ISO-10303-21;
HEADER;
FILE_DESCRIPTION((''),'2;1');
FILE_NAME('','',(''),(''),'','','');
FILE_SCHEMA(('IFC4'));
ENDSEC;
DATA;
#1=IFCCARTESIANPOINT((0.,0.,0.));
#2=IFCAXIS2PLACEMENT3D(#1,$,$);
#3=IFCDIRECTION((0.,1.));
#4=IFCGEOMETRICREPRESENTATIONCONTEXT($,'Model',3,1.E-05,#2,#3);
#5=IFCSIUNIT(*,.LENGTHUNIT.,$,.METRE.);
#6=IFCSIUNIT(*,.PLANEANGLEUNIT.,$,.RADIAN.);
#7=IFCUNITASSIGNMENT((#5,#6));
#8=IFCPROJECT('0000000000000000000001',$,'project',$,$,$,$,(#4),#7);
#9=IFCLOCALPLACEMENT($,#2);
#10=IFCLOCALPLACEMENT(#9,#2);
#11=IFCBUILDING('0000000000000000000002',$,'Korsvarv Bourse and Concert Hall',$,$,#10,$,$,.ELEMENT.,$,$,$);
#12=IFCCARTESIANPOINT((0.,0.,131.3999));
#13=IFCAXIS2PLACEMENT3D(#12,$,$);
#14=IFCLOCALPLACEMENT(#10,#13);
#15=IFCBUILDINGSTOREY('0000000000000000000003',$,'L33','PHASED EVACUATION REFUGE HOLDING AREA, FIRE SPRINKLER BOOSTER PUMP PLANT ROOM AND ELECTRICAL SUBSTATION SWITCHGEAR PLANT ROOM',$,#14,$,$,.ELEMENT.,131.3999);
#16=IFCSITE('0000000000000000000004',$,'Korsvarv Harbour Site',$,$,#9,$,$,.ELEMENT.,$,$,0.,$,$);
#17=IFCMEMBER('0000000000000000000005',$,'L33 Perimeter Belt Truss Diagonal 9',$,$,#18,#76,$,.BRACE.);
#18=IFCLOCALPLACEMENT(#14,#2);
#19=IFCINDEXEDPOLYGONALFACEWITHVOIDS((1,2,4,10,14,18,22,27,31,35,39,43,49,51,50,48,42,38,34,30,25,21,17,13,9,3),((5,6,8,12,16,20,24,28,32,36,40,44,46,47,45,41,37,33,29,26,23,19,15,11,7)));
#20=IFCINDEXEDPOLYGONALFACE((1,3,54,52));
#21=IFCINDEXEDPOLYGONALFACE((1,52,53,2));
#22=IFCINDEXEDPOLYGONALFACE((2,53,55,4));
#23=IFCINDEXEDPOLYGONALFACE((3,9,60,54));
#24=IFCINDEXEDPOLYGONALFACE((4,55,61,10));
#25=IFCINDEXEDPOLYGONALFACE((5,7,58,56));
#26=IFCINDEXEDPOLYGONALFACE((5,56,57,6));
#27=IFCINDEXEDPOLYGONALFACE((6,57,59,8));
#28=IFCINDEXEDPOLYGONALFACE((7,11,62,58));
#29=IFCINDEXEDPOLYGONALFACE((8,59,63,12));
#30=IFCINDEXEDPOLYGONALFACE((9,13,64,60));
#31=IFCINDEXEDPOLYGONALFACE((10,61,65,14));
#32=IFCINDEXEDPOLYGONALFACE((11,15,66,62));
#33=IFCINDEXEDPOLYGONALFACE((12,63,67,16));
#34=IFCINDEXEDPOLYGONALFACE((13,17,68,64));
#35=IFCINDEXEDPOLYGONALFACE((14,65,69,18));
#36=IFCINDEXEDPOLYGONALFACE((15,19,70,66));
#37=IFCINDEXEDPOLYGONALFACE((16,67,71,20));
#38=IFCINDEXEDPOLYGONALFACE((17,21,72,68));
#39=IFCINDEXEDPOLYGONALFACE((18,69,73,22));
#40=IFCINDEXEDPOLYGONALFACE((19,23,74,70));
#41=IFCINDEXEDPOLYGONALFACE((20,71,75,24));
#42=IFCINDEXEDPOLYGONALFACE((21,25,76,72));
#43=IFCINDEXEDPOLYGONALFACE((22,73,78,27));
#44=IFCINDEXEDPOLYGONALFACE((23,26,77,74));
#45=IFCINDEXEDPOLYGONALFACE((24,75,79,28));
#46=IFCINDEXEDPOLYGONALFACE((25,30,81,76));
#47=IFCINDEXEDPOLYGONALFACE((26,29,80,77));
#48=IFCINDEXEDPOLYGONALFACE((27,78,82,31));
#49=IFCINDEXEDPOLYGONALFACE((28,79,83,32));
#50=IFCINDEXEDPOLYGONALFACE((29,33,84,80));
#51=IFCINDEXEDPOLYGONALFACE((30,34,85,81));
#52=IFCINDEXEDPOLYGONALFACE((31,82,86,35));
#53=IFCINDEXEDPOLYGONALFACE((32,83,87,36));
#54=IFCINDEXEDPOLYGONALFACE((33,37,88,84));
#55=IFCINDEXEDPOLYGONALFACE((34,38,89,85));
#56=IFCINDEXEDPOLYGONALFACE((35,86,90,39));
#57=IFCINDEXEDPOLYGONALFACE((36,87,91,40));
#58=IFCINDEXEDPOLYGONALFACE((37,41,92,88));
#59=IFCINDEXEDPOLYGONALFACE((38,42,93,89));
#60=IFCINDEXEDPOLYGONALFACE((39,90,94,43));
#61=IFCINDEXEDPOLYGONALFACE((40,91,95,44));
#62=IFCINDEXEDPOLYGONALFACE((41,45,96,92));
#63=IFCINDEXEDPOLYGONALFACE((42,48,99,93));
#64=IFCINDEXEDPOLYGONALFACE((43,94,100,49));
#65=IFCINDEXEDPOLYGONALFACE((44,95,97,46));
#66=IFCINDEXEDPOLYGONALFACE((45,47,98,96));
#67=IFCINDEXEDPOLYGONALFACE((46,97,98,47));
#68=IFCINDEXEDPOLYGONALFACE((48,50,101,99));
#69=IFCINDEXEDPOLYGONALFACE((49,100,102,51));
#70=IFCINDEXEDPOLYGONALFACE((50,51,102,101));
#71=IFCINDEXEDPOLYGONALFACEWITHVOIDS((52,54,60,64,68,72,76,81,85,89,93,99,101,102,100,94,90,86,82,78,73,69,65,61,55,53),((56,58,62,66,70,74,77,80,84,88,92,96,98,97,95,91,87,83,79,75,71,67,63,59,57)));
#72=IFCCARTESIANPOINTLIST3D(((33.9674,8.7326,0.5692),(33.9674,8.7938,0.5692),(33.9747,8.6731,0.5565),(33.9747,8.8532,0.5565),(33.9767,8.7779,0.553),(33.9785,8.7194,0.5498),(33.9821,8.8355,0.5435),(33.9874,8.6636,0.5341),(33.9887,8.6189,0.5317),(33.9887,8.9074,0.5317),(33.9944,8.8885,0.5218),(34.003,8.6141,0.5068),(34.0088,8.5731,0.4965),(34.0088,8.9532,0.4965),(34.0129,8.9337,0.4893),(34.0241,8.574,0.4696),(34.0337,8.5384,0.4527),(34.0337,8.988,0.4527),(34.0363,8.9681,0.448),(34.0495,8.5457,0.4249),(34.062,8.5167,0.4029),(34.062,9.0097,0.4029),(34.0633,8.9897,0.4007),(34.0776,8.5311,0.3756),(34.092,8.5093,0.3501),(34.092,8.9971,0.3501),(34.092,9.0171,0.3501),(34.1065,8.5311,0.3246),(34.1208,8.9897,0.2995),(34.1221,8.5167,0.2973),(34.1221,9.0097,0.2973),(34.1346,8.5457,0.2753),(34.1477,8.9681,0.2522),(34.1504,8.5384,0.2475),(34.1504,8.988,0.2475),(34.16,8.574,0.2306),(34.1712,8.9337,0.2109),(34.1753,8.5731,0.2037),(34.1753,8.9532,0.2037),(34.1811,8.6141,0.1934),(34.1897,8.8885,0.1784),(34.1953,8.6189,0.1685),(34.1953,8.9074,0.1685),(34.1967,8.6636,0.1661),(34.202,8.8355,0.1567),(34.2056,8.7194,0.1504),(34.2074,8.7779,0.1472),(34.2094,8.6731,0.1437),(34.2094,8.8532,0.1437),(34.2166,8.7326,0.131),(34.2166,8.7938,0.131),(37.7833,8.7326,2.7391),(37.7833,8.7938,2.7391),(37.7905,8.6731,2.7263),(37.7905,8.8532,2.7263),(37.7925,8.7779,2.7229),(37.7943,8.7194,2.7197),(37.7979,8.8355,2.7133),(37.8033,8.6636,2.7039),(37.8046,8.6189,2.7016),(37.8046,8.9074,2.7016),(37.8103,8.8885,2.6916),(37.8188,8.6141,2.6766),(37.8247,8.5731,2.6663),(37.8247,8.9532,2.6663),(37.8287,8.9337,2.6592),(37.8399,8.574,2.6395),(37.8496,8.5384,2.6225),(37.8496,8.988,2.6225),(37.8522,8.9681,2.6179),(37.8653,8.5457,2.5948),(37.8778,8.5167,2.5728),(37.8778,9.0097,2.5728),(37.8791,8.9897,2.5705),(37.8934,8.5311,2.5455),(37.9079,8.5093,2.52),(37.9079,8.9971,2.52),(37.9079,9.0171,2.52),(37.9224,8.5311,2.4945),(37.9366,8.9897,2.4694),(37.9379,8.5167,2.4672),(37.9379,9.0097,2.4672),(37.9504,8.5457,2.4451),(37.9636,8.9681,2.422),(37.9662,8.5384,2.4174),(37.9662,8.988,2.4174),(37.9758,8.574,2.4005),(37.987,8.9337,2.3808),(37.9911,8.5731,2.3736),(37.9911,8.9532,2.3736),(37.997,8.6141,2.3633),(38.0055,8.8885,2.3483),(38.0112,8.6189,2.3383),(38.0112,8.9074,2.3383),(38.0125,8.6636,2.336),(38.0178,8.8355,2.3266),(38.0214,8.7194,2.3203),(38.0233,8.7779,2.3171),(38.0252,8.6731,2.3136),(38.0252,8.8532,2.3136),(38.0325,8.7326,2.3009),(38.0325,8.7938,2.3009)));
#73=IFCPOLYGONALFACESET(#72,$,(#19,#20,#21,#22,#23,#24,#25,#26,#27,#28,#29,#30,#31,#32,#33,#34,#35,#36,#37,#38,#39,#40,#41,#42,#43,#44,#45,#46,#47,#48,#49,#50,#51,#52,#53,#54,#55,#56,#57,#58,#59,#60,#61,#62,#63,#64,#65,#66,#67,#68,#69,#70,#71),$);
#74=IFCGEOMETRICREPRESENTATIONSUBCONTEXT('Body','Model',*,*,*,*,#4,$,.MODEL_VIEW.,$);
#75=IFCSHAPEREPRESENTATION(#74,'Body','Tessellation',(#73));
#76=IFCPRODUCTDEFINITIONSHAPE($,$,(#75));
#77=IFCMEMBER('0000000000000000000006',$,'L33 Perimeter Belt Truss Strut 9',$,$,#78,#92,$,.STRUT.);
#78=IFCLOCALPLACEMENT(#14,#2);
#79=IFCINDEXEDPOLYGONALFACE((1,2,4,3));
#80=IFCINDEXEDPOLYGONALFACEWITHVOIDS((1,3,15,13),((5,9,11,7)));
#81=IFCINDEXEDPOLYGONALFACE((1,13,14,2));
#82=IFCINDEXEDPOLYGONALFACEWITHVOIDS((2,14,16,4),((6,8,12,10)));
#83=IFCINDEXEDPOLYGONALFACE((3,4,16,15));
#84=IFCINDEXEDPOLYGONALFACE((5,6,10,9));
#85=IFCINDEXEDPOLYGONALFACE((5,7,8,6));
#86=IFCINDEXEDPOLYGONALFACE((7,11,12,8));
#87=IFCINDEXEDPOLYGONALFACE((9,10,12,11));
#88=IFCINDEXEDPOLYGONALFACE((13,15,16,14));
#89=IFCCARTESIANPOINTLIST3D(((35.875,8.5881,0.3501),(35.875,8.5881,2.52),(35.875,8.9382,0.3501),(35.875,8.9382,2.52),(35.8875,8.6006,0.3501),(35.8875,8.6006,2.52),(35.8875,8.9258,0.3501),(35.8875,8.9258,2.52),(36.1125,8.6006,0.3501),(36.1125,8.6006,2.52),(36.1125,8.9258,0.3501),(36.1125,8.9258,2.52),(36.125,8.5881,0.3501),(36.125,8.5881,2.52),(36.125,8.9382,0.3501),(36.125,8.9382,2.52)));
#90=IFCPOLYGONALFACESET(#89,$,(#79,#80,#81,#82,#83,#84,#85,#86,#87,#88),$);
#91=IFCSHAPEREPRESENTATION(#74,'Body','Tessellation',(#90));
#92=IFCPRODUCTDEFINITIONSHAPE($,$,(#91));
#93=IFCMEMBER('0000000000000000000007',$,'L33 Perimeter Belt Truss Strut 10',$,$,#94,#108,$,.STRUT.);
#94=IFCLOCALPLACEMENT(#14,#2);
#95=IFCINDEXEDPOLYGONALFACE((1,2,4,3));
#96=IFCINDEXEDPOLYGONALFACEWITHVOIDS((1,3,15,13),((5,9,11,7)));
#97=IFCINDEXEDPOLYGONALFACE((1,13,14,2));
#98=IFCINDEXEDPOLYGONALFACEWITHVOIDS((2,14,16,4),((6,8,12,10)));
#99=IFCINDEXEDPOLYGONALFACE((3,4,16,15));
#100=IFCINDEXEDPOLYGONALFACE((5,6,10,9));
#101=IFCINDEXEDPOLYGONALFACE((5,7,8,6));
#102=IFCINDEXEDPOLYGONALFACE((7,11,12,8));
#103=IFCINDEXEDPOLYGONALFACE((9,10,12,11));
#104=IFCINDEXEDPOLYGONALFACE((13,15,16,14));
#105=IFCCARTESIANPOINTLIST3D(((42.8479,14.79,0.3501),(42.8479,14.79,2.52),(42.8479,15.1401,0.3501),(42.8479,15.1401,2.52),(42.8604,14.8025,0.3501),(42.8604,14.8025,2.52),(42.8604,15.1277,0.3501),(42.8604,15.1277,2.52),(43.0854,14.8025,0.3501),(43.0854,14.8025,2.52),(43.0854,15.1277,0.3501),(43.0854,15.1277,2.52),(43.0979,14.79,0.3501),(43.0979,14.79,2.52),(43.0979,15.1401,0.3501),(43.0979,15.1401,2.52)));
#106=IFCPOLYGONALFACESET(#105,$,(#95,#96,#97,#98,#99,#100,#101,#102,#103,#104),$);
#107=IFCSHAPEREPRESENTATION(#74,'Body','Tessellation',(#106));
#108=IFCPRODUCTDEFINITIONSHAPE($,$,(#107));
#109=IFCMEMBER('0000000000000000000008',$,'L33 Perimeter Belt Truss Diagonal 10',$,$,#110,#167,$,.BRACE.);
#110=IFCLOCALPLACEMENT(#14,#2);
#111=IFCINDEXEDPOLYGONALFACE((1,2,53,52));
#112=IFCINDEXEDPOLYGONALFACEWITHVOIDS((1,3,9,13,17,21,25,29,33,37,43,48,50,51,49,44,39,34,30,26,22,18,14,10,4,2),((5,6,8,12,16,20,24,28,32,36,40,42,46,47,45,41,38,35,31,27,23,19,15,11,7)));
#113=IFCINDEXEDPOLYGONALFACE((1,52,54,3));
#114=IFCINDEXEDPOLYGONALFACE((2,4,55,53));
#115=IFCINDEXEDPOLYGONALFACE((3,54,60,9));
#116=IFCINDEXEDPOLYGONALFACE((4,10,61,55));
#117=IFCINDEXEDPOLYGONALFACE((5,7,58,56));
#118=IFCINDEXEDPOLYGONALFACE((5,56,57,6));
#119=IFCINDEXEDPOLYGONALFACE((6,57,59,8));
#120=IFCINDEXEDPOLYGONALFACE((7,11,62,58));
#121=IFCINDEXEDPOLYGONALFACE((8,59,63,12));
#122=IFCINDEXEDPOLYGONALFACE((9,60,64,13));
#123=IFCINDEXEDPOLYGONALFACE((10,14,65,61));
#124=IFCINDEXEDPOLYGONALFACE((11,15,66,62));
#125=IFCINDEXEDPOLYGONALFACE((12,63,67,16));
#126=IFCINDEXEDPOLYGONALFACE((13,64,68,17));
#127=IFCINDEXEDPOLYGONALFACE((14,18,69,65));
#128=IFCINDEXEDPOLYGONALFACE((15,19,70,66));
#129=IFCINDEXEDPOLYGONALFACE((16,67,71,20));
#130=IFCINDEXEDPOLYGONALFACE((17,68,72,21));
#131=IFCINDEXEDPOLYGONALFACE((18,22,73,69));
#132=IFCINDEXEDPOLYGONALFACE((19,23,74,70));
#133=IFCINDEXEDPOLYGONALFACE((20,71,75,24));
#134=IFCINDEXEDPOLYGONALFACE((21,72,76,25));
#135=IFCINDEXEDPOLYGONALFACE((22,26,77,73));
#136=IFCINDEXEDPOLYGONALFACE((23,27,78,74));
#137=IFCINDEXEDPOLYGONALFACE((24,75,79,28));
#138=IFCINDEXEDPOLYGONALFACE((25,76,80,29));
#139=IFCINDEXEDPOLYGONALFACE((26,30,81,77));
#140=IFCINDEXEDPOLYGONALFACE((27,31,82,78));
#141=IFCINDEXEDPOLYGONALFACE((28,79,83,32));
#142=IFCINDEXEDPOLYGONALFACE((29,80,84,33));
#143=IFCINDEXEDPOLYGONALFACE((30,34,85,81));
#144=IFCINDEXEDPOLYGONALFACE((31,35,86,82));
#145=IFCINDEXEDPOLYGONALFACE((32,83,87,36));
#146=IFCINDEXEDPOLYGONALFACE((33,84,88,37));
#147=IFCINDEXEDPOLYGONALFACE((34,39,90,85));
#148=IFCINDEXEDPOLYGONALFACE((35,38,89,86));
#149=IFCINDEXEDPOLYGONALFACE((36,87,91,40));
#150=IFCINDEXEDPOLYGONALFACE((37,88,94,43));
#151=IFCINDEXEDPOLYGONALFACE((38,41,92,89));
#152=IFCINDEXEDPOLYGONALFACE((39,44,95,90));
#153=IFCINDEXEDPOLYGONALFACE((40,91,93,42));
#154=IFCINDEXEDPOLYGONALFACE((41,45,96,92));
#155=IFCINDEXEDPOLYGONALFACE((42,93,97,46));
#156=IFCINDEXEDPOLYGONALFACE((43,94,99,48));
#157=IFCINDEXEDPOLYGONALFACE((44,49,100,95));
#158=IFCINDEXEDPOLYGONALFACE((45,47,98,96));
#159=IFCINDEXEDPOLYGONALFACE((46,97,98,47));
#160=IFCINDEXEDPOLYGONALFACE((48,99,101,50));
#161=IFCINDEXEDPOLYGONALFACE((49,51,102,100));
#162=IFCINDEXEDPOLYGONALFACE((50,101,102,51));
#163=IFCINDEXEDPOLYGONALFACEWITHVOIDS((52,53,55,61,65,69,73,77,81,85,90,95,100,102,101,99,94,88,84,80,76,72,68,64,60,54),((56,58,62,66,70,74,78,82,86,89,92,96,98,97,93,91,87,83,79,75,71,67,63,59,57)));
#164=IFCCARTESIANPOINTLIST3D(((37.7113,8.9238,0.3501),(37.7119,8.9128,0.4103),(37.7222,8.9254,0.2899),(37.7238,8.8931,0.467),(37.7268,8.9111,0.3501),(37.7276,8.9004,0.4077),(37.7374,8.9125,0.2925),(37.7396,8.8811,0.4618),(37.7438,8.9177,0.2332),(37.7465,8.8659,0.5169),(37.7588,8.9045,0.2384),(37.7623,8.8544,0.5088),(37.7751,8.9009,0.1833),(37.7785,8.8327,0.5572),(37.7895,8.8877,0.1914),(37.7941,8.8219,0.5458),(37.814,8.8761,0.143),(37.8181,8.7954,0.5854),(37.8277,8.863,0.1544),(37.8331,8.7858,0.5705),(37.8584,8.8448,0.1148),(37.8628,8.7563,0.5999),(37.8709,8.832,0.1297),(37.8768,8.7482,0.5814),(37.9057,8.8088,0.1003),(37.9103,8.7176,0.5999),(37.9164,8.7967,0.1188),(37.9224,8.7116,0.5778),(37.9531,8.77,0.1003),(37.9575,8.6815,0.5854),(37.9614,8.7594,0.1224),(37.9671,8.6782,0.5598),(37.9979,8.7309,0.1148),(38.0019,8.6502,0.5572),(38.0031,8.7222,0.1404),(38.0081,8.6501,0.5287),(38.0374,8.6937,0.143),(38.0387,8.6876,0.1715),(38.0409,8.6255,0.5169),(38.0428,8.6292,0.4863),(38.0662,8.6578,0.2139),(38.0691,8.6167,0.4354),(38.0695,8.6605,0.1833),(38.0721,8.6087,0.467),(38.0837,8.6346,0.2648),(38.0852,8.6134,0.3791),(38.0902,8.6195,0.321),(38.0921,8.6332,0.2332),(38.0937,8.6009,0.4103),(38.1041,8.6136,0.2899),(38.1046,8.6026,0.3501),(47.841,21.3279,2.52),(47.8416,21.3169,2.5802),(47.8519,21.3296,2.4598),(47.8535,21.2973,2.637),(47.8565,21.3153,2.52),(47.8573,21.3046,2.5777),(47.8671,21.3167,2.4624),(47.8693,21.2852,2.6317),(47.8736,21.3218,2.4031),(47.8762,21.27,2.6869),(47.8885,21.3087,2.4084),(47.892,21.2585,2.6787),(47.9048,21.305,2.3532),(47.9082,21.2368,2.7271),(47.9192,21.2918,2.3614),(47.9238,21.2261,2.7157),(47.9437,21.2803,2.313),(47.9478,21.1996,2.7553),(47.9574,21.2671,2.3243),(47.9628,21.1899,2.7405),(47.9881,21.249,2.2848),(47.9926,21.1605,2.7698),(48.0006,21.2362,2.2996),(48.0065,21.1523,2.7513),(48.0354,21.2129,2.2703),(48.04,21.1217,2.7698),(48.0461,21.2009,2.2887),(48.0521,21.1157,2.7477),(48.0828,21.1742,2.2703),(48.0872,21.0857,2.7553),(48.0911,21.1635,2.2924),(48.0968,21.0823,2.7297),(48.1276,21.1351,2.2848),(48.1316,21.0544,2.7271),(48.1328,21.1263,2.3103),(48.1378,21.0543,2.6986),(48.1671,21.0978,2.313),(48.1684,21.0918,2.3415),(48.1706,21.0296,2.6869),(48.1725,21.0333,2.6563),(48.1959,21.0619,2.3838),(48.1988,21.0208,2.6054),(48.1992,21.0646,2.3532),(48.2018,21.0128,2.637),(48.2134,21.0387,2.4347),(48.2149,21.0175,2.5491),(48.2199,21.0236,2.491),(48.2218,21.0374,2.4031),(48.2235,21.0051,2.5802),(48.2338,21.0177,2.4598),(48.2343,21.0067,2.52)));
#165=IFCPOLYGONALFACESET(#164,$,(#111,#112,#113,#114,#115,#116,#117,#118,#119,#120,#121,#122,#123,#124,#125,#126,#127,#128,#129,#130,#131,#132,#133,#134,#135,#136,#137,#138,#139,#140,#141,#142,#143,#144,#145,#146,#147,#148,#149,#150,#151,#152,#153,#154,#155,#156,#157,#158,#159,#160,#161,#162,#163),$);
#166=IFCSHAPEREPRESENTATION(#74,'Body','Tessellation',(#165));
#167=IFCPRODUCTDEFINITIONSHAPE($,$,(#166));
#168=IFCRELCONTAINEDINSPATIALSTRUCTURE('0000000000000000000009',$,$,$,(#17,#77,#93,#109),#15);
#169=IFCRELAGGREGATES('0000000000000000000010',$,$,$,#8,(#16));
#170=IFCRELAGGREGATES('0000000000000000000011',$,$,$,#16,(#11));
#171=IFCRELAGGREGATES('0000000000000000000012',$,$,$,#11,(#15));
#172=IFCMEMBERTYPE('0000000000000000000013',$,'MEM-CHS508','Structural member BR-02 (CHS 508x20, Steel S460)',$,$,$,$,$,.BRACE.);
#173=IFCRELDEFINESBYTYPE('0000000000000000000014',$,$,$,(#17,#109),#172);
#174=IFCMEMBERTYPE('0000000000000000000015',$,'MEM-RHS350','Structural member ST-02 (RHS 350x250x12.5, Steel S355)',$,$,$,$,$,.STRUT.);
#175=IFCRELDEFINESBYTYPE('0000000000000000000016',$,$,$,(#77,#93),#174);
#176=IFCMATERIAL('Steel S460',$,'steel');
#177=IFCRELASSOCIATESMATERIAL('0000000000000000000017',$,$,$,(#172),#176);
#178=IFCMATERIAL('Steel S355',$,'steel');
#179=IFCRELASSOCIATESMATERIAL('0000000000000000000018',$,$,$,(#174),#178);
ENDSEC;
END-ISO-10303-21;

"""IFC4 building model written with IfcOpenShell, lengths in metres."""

from ifc_helpers import new_model, si_unit, direction, frame, origin, origin_2d, place, context, subcontext, project, spatial, hollow_rectangle, hollow_circle, extrude, source, transform, mapped, material, material_profile, profile_set, type_object, element, save


model = new_model("IFC4")

# Units and contexts
model_context = context("Model", 3, precision=1e-05, world=origin(), true_north=direction((0.0, 1.0)))
body_context = subcontext(model_context, "Body", "Model", "MODEL_VIEW")
ifc_project = project(units=[si_unit("LENGTHUNIT", "METRE"), si_unit("PLANEANGLEUNIT", "RADIAN")], contexts=[model_context])

# Site, building, storey
site_placement = place(None, origin())
site = spatial("IfcSite", under=ifc_project, at=site_placement, Name="Korsvarv Harbour Site", CompositionType="ELEMENT", RefElevation=0.0)
building_placement = place(site_placement, origin())
building = spatial("IfcBuilding", under=site, at=building_placement, Name="Korsvarv Bourse and Concert Hall", CompositionType="ELEMENT")
storey_placement = place(building_placement, frame((0.0, 0.0, 131.3999)))
storey = spatial("IfcBuildingStorey", under=building, at=storey_placement, Name="L33", Description="PHASED EVACUATION REFUGE HOLDING AREA, FIRE SPRINKLER BOOSTER PUMP PLANT ROOM AND ELECTRICAL SUBSTATION SWITCHGEAR PLANT ROOM", CompositionType="ELEMENT", Elevation=131.3999)

# Shared definitions
ifc_material_1 = material(Name="Steel S460", Category="steel")

# Members
ifc_material_profile_1 = material_profile(ifc_material_1, hollow_circle(Radius=0.2539, WallThickness=0.02, at=origin_2d()), Name="CHS 508x20")
ifc_profile_set_1 = profile_set([ifc_material_profile_1], Name="Steel S460")
member_type_1 = type_object("IfcMemberType", Name="MEM-CHS508", Description="Structural member BR-02 (CHS 508x20, Steel S460)", PredefinedType="BRACE", material=ifc_profile_set_1)
shared_shape_1 = source(origin(), body_context, "Body", "SweptSolid", [
    extrude(hollow_circle(Radius=0.2539, WallThickness=0.02, at=origin_2d()), origin(), (0.0, 0.0, 1.0), 4.3896),
])
member_1_placement = place(storey_placement, frame((34.092, 8.7632, 0.3501), z_axis=(0.869282, 0.0, 0.494317), x_axis=(0.0, 1.0, 0.0)))
element("IfcMember", 1, at=member_1_placement, inside=storey, type_object=member_type_1, Name="L33 Perimeter Belt Truss Diagonal 9", PredefinedType="BRACE", context=body_context, shape_type="MappedRepresentation", body=[
    mapped(shared_shape_1, transform((0.0, 0.0, 0.0), scale=1.0)),
])
ifc_material_2 = material(Name="Steel S355", Category="steel")
ifc_material_profile_2 = material_profile(ifc_material_2, hollow_rectangle(XDim=0.25, YDim=0.3501, WallThickness=0.0125, at=origin_2d()), Name="RHS 350x250x12.5")
ifc_profile_set_2 = profile_set([ifc_material_profile_2], Name="Steel S355")
member_type_2 = type_object("IfcMemberType", Name="MEM-RHS350", Description="Structural member ST-02 (RHS 350x250x12.5, Steel S355)", PredefinedType="STRUT", material=ifc_profile_set_2)
shared_shape_2 = source(origin(), body_context, "Body", "SweptSolid", [
    extrude(hollow_rectangle(XDim=0.25, YDim=0.3501, WallThickness=0.0125, at=origin_2d()), origin(), (0.0, 0.0, 1.0), 2.1699),
])
for number, where, z_axis, x_axis, name in (
    (2, (36.0, 8.7632, 0.3501), (0.0, 0.0, 1.0), (1.0, 0.0, 0.0), "L33 Perimeter Belt Truss Strut 9"),
    (3, (42.9729, 14.9651, 0.3501), (0.0, 0.0, 1.0), (1.0, 0.0, 0.0), "L33 Perimeter Belt Truss Strut 10"),
):
    element("IfcMember", number, at=place(storey_placement, frame(where, z_axis=z_axis, x_axis=x_axis)), inside=storey, type_object=member_type_2, Name=name, PredefinedType="STRUT", context=body_context, shape_type="MappedRepresentation", body=[
        mapped(shared_shape_2, transform((0.0, 0.0, 0.0), scale=1.0)),
    ])
shared_shape_3 = source(origin(), body_context, "Body", "SweptSolid", [
    extrude(hollow_circle(Radius=0.2539, WallThickness=0.02, at=origin_2d()), origin(), (0.0, 0.0, 1.0), 16.1611),
])
member_2_placement = place(storey_placement, frame((37.908, 8.7632, 0.3501), z_axis=(0.626794, 0.767529, 0.134269), x_axis=(-0.774542, 0.632522, 0.0)))
element("IfcMember", 4, at=member_2_placement, inside=storey, type_object=member_type_1, Name="L33 Perimeter Belt Truss Diagonal 10", PredefinedType="BRACE", context=body_context, shape_type="MappedRepresentation", body=[
    mapped(shared_shape_3, transform((0.0, 0.0, 0.0), scale=1.0)),
])

save(model, "model.ifc")
